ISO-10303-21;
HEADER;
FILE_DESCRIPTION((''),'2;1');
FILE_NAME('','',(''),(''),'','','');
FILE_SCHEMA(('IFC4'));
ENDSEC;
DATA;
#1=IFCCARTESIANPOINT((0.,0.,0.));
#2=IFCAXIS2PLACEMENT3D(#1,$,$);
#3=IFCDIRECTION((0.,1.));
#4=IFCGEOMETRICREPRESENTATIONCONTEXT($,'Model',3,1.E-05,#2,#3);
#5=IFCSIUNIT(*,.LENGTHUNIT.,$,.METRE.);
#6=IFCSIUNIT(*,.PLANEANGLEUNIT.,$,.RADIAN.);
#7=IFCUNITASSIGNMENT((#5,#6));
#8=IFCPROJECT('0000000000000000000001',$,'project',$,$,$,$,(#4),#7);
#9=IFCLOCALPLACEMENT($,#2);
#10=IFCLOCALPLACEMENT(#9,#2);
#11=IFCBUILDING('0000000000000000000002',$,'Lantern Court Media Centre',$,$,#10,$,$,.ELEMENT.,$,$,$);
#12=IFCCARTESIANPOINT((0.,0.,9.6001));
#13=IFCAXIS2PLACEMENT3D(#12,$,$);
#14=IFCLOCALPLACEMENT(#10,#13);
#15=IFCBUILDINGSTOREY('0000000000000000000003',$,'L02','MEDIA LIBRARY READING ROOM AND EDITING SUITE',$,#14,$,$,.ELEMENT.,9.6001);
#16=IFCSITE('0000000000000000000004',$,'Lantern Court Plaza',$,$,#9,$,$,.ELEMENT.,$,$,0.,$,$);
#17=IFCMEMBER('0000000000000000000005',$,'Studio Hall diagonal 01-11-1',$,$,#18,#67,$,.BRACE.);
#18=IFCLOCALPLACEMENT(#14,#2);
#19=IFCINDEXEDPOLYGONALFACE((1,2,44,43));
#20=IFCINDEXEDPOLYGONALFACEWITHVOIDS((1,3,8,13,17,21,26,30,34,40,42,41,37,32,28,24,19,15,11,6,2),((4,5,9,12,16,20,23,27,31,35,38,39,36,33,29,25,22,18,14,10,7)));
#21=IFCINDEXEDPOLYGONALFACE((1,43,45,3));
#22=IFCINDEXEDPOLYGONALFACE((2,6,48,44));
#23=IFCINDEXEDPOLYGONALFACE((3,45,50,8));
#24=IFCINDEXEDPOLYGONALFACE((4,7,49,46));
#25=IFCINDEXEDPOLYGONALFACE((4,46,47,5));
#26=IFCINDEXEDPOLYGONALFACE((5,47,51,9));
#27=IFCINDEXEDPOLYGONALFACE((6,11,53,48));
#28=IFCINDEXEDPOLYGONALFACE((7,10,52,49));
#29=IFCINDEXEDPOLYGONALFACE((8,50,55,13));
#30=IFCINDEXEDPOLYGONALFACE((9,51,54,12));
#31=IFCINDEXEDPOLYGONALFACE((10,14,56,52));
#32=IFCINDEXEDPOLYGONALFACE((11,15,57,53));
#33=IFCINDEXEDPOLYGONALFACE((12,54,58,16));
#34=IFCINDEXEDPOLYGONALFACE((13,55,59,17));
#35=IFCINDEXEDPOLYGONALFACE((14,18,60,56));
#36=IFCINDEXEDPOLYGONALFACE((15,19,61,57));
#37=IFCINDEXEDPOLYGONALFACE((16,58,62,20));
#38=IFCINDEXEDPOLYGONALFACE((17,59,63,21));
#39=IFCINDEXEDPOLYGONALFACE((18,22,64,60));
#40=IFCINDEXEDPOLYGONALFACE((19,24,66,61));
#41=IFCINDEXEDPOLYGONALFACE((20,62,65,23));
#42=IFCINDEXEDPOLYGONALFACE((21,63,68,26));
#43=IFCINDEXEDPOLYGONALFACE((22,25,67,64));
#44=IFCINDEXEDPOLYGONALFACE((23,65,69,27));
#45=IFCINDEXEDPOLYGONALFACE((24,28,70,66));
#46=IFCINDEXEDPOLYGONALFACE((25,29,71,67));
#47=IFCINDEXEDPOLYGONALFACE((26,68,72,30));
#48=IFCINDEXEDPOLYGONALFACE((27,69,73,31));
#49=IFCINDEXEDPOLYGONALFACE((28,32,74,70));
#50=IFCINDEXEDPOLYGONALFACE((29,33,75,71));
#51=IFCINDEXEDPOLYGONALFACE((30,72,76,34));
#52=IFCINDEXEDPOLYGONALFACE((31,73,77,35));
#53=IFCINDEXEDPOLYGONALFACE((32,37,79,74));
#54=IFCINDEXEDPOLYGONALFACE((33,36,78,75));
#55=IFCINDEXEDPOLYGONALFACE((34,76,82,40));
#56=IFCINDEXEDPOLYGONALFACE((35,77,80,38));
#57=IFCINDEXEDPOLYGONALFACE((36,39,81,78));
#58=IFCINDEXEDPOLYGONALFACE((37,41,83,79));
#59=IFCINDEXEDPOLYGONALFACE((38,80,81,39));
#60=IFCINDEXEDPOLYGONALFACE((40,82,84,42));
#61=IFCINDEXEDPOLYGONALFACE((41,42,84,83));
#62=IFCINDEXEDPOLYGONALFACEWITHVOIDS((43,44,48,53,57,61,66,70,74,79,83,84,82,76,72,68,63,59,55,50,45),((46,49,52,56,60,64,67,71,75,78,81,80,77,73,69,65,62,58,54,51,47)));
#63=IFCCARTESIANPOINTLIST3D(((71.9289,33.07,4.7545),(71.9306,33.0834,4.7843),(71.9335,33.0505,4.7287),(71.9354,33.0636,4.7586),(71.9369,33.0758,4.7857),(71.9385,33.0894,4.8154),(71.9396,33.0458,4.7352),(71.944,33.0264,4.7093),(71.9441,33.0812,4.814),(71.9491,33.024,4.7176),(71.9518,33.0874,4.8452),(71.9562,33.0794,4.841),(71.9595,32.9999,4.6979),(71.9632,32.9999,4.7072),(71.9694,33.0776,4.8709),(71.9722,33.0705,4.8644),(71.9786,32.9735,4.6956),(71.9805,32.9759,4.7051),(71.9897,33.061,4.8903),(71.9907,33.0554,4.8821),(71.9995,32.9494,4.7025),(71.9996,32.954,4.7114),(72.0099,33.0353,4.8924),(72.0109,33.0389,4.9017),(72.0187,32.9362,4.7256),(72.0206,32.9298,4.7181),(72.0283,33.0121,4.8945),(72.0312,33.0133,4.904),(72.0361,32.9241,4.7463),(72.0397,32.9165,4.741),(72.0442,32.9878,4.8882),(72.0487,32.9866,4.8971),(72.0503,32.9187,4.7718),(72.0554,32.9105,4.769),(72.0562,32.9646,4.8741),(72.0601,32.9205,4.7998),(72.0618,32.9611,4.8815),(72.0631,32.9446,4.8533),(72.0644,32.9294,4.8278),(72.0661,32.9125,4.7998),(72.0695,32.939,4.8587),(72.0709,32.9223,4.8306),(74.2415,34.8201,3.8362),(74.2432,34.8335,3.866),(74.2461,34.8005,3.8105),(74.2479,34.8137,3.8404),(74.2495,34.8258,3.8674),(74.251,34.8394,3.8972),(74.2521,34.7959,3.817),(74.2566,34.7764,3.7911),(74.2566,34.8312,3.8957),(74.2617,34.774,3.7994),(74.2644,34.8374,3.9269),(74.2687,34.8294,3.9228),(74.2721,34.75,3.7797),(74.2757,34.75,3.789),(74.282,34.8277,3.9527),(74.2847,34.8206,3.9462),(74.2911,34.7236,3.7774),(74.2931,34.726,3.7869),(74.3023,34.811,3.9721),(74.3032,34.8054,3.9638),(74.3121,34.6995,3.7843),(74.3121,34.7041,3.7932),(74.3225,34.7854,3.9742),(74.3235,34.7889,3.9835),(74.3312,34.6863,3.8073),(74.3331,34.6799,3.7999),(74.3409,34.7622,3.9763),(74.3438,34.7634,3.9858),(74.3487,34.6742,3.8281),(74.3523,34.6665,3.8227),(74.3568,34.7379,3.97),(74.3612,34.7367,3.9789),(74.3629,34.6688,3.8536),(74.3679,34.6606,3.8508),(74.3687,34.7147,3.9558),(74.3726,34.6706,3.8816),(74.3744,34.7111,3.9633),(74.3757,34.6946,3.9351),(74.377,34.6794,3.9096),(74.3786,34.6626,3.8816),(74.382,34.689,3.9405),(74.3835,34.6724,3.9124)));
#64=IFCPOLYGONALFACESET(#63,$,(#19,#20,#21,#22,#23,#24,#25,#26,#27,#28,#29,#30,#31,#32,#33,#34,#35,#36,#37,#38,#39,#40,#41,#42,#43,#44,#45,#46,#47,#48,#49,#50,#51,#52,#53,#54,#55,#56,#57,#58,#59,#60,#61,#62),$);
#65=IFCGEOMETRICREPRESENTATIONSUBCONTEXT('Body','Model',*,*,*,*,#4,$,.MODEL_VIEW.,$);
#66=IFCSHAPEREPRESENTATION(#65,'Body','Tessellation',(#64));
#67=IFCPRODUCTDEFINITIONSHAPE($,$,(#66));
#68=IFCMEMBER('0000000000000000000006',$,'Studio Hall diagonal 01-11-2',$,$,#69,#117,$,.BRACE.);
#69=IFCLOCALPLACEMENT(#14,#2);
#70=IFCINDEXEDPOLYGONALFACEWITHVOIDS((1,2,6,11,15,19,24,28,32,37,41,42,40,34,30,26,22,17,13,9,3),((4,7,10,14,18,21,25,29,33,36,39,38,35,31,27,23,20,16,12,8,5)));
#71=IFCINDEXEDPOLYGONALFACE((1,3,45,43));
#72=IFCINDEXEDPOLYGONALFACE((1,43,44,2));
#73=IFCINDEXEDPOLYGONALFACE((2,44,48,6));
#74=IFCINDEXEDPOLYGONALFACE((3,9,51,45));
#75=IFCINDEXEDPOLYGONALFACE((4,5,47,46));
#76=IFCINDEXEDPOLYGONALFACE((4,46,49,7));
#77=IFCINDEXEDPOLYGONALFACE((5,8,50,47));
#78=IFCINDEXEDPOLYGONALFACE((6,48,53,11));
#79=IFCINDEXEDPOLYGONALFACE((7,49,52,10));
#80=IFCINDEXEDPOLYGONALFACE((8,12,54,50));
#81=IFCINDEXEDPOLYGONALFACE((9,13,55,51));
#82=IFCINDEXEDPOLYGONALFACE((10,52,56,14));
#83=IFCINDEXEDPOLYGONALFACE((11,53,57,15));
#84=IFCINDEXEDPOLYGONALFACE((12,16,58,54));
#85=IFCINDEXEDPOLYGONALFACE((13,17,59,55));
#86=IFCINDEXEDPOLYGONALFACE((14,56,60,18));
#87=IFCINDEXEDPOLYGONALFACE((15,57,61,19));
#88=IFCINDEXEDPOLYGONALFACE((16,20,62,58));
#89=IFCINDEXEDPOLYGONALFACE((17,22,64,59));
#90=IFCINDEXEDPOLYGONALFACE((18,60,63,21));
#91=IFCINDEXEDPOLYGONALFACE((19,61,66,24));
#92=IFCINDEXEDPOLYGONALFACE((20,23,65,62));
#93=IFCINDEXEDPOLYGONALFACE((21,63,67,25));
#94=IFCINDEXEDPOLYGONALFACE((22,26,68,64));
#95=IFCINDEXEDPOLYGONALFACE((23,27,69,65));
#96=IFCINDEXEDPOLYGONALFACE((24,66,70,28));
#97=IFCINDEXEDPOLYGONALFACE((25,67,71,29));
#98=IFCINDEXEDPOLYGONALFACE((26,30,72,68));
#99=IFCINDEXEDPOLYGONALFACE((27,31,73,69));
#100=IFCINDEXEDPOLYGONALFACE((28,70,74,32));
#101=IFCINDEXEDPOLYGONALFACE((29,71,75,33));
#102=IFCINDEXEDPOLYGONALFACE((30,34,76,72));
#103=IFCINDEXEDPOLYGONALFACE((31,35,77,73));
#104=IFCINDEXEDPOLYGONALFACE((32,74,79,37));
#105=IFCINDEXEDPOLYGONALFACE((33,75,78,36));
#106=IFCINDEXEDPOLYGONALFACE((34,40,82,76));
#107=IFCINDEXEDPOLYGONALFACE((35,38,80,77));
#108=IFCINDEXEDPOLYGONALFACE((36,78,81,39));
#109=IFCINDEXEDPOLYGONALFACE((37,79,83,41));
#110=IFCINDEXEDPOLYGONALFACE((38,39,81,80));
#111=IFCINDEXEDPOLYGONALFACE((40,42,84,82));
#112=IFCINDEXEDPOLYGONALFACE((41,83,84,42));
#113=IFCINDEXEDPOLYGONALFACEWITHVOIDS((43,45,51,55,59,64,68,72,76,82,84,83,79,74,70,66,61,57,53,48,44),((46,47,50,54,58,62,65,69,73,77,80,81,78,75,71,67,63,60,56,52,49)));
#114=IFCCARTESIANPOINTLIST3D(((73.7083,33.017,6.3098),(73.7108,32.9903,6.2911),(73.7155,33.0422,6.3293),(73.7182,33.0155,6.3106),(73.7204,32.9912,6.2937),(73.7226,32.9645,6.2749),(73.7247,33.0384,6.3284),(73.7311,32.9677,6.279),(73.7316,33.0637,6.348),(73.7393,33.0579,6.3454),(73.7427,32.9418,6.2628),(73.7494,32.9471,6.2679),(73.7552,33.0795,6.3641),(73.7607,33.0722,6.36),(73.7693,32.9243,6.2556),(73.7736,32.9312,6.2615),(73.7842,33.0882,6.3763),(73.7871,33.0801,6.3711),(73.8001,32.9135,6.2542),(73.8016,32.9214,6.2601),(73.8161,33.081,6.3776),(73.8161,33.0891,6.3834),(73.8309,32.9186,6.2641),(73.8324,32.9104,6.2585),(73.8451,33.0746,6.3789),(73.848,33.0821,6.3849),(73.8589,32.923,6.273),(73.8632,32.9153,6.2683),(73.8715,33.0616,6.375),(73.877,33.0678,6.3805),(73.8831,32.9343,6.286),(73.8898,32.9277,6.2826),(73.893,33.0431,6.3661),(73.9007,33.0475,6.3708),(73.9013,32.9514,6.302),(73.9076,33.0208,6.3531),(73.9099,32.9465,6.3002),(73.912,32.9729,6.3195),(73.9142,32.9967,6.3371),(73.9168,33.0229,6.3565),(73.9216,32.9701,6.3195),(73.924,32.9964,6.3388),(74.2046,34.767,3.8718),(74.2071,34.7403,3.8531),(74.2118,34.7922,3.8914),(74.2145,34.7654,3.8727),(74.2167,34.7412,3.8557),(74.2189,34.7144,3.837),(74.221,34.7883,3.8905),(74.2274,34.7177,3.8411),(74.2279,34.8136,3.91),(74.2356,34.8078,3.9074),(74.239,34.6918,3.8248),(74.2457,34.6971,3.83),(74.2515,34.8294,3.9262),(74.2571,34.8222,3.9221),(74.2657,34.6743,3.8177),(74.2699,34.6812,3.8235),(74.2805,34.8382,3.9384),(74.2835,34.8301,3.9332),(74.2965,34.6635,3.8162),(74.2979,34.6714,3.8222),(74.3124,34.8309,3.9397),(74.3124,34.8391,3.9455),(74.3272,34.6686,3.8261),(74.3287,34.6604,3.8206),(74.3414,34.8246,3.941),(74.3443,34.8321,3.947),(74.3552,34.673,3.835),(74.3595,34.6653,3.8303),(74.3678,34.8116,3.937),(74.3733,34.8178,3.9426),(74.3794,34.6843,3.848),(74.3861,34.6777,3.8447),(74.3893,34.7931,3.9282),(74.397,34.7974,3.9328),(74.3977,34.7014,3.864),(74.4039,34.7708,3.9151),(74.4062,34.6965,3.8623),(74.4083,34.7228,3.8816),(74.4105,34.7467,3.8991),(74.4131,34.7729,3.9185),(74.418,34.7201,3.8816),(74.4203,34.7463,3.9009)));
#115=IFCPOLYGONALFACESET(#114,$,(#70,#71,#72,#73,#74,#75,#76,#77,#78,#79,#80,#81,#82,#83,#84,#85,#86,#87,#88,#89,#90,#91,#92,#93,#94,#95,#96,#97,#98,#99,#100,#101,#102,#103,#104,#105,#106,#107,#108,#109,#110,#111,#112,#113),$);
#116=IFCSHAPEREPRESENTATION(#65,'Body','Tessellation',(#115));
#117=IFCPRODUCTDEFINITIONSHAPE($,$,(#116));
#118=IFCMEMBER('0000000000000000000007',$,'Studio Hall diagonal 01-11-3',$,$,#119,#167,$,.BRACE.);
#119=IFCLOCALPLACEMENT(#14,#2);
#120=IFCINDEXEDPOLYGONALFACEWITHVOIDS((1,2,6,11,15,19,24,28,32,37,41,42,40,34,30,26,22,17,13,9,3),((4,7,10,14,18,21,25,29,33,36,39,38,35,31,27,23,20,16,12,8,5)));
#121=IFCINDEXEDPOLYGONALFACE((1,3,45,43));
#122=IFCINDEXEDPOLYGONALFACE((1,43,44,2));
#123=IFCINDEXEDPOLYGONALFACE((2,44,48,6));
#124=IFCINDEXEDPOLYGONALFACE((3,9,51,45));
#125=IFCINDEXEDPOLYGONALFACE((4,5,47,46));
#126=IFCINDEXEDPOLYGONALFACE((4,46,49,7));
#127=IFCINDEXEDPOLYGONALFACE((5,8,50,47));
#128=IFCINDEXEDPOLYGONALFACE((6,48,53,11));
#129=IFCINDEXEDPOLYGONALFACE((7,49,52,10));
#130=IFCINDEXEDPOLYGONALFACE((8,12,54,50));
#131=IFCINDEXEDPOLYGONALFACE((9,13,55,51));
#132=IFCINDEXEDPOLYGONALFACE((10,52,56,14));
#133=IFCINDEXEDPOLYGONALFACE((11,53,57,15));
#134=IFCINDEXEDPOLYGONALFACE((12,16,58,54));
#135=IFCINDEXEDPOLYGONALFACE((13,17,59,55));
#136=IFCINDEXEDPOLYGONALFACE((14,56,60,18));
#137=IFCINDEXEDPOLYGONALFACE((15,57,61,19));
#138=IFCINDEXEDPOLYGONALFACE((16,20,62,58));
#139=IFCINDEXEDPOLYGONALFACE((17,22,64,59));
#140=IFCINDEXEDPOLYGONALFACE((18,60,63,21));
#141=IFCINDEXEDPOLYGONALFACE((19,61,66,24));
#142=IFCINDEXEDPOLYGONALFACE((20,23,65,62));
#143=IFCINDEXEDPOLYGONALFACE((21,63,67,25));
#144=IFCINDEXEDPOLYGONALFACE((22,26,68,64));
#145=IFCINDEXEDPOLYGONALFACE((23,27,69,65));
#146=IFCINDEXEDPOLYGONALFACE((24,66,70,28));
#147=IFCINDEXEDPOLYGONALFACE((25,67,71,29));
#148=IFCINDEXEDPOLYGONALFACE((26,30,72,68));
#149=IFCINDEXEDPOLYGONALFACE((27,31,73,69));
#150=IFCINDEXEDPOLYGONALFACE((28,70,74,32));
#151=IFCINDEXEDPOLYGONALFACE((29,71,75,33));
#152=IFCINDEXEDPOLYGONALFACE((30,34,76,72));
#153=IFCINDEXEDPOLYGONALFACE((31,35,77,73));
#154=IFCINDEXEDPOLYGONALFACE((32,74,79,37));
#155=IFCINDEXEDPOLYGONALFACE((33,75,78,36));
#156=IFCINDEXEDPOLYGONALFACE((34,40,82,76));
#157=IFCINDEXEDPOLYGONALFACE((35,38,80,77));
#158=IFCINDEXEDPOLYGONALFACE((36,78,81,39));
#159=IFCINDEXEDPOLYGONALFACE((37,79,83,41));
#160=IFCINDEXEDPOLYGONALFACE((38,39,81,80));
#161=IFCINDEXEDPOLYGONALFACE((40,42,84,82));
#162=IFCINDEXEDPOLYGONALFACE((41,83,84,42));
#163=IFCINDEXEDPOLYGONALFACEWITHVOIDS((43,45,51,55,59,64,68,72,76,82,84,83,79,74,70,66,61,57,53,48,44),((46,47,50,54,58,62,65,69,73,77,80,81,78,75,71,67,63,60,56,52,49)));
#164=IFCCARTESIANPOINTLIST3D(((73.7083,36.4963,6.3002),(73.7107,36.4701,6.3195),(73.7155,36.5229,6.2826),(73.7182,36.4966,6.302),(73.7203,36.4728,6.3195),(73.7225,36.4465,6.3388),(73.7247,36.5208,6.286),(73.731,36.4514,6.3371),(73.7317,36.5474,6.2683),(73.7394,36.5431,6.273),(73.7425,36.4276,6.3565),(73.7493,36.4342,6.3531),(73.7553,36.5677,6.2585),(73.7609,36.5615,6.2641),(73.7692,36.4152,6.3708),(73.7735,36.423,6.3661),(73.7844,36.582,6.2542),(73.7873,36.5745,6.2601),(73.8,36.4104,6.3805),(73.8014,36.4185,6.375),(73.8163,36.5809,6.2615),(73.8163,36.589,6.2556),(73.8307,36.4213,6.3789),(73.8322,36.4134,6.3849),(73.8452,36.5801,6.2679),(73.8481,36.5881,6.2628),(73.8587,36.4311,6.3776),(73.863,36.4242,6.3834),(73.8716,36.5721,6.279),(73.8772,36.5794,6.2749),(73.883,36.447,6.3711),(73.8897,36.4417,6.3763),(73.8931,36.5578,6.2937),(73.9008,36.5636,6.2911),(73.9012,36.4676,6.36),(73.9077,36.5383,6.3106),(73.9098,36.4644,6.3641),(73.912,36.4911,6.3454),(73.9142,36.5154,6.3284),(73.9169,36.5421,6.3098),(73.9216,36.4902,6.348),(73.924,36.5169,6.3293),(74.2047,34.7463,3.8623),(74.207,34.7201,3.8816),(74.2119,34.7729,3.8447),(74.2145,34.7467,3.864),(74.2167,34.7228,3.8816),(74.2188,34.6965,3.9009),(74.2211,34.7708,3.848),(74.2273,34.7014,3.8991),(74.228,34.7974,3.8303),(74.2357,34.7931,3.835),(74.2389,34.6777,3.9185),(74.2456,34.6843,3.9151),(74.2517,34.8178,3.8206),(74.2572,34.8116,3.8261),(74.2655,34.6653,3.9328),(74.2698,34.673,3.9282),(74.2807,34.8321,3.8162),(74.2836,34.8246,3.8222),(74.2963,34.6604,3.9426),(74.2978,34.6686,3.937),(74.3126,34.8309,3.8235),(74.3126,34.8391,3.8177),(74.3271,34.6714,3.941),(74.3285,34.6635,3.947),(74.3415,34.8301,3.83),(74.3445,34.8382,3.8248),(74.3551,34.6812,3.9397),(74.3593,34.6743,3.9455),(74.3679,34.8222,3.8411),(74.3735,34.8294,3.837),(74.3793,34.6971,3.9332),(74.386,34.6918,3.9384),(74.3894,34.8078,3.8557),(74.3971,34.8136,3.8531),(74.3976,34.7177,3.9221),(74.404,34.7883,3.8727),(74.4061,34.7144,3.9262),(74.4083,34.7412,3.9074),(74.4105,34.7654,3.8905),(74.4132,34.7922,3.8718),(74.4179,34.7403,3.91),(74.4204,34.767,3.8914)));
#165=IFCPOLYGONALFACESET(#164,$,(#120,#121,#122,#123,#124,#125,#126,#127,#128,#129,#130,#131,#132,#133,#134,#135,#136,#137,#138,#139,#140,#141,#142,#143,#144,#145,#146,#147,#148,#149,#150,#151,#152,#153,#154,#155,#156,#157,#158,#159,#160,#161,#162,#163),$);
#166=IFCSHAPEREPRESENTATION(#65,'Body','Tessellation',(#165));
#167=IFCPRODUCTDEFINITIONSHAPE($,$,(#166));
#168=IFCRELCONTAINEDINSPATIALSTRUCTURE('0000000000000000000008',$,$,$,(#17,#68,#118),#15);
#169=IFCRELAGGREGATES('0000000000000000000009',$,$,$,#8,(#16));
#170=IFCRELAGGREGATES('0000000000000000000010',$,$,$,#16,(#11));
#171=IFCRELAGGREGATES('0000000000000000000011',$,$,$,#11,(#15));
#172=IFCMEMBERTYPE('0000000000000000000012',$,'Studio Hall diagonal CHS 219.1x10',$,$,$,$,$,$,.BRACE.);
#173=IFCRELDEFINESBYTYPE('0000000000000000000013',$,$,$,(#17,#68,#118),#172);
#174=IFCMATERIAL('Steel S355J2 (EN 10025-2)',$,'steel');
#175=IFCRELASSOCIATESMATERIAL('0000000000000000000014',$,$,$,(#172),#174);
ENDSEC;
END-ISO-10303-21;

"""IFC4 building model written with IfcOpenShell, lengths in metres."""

from ifc_helpers import new_model, si_unit, direction, frame, origin, origin_2d, place, context, subcontext, project, spatial, hollow_circle, extrude, material, material_profile, profile_set, type_object, element, save


model = new_model("IFC4")

# Units and contexts
model_context = context("Model", 3, precision=1e-05, world=origin(), true_north=direction((0.0, 1.0)))
body_context = subcontext(model_context, "Body", "Model", "MODEL_VIEW")
ifc_project = project(units=[si_unit("LENGTHUNIT", "METRE"), si_unit("PLANEANGLEUNIT", "RADIAN")], contexts=[model_context])

# Site, building, storey
site_placement = place(None, origin())
site = spatial("IfcSite", under=ifc_project, at=site_placement, Name="Lantern Court Plaza", CompositionType="ELEMENT", RefElevation=0.0)
building_placement = place(site_placement, origin())
building = spatial("IfcBuilding", under=site, at=building_placement, Name="Lantern Court Media Centre", CompositionType="ELEMENT")
storey_placement = place(building_placement, frame((0.0, 0.0, 9.6001)))
storey = spatial("IfcBuildingStorey", under=building, at=storey_placement, Name="L02", Description="MEDIA LIBRARY READING ROOM AND EDITING SUITE", CompositionType="ELEMENT", Elevation=9.6001)

# Members
ifc_material_1 = material(Name="Steel S355J2 (EN 10025-2)", Category="steel")
ifc_material_profile_1 = material_profile(ifc_material_1, hollow_circle(Radius=0.1096, WallThickness=0.01, at=origin_2d()), Name="Studio Hall diagonal CHS 219.1x10")
ifc_profile_set_1 = profile_set([ifc_material_profile_1], Name="Steel S355J2 (EN 10025-2)")
member_type_1 = type_object("IfcMemberType", Name="Studio Hall diagonal CHS 219.1x10", PredefinedType="BRACE", material=ifc_profile_set_1)
member_1_placement = place(storey_placement, frame((74.3125, 34.75, 3.8816), z_axis=(-0.760211, -0.575295, 0.301853), x_axis=(0.603443, -0.797406, 0.0)))
element("IfcMember", 1, at=member_1_placement, inside=storey, type_object=member_type_1, Name="Studio Hall diagonal 01-11-1", PredefinedType="BRACE", context=body_context, shape_type="SweptSolid", body=[
    extrude(hollow_circle(Radius=0.1096, WallThickness=0.01, at=origin_2d()), origin(), (0.0, 0.0, 1.0), 3.042),
])
for number, where, z_axis, x_axis, name in (
    (2, (74.3125, 34.75, 3.8816), (-0.163172, -0.575314, 0.801491), (0.962054, -0.272859, 0.0), "Studio Hall diagonal 01-11-2"),
    (3, (74.3125, 34.75, 3.8816), (-0.163172, 0.575314, 0.801491), (-0.962054, -0.272859, 0.0), "Studio Hall diagonal 01-11-3"),
):
    element("IfcMember", number, at=place(storey_placement, frame(where, z_axis=z_axis, x_axis=x_axis)), inside=storey, type_object=member_type_1, Name=name, PredefinedType="BRACE", context=body_context, shape_type="SweptSolid", body=[
        extrude(hollow_circle(Radius=0.1096, WallThickness=0.01, at=origin_2d()), origin(), (0.0, 0.0, 1.0), 3.0417),
    ])

save(model, "model.ifc")
